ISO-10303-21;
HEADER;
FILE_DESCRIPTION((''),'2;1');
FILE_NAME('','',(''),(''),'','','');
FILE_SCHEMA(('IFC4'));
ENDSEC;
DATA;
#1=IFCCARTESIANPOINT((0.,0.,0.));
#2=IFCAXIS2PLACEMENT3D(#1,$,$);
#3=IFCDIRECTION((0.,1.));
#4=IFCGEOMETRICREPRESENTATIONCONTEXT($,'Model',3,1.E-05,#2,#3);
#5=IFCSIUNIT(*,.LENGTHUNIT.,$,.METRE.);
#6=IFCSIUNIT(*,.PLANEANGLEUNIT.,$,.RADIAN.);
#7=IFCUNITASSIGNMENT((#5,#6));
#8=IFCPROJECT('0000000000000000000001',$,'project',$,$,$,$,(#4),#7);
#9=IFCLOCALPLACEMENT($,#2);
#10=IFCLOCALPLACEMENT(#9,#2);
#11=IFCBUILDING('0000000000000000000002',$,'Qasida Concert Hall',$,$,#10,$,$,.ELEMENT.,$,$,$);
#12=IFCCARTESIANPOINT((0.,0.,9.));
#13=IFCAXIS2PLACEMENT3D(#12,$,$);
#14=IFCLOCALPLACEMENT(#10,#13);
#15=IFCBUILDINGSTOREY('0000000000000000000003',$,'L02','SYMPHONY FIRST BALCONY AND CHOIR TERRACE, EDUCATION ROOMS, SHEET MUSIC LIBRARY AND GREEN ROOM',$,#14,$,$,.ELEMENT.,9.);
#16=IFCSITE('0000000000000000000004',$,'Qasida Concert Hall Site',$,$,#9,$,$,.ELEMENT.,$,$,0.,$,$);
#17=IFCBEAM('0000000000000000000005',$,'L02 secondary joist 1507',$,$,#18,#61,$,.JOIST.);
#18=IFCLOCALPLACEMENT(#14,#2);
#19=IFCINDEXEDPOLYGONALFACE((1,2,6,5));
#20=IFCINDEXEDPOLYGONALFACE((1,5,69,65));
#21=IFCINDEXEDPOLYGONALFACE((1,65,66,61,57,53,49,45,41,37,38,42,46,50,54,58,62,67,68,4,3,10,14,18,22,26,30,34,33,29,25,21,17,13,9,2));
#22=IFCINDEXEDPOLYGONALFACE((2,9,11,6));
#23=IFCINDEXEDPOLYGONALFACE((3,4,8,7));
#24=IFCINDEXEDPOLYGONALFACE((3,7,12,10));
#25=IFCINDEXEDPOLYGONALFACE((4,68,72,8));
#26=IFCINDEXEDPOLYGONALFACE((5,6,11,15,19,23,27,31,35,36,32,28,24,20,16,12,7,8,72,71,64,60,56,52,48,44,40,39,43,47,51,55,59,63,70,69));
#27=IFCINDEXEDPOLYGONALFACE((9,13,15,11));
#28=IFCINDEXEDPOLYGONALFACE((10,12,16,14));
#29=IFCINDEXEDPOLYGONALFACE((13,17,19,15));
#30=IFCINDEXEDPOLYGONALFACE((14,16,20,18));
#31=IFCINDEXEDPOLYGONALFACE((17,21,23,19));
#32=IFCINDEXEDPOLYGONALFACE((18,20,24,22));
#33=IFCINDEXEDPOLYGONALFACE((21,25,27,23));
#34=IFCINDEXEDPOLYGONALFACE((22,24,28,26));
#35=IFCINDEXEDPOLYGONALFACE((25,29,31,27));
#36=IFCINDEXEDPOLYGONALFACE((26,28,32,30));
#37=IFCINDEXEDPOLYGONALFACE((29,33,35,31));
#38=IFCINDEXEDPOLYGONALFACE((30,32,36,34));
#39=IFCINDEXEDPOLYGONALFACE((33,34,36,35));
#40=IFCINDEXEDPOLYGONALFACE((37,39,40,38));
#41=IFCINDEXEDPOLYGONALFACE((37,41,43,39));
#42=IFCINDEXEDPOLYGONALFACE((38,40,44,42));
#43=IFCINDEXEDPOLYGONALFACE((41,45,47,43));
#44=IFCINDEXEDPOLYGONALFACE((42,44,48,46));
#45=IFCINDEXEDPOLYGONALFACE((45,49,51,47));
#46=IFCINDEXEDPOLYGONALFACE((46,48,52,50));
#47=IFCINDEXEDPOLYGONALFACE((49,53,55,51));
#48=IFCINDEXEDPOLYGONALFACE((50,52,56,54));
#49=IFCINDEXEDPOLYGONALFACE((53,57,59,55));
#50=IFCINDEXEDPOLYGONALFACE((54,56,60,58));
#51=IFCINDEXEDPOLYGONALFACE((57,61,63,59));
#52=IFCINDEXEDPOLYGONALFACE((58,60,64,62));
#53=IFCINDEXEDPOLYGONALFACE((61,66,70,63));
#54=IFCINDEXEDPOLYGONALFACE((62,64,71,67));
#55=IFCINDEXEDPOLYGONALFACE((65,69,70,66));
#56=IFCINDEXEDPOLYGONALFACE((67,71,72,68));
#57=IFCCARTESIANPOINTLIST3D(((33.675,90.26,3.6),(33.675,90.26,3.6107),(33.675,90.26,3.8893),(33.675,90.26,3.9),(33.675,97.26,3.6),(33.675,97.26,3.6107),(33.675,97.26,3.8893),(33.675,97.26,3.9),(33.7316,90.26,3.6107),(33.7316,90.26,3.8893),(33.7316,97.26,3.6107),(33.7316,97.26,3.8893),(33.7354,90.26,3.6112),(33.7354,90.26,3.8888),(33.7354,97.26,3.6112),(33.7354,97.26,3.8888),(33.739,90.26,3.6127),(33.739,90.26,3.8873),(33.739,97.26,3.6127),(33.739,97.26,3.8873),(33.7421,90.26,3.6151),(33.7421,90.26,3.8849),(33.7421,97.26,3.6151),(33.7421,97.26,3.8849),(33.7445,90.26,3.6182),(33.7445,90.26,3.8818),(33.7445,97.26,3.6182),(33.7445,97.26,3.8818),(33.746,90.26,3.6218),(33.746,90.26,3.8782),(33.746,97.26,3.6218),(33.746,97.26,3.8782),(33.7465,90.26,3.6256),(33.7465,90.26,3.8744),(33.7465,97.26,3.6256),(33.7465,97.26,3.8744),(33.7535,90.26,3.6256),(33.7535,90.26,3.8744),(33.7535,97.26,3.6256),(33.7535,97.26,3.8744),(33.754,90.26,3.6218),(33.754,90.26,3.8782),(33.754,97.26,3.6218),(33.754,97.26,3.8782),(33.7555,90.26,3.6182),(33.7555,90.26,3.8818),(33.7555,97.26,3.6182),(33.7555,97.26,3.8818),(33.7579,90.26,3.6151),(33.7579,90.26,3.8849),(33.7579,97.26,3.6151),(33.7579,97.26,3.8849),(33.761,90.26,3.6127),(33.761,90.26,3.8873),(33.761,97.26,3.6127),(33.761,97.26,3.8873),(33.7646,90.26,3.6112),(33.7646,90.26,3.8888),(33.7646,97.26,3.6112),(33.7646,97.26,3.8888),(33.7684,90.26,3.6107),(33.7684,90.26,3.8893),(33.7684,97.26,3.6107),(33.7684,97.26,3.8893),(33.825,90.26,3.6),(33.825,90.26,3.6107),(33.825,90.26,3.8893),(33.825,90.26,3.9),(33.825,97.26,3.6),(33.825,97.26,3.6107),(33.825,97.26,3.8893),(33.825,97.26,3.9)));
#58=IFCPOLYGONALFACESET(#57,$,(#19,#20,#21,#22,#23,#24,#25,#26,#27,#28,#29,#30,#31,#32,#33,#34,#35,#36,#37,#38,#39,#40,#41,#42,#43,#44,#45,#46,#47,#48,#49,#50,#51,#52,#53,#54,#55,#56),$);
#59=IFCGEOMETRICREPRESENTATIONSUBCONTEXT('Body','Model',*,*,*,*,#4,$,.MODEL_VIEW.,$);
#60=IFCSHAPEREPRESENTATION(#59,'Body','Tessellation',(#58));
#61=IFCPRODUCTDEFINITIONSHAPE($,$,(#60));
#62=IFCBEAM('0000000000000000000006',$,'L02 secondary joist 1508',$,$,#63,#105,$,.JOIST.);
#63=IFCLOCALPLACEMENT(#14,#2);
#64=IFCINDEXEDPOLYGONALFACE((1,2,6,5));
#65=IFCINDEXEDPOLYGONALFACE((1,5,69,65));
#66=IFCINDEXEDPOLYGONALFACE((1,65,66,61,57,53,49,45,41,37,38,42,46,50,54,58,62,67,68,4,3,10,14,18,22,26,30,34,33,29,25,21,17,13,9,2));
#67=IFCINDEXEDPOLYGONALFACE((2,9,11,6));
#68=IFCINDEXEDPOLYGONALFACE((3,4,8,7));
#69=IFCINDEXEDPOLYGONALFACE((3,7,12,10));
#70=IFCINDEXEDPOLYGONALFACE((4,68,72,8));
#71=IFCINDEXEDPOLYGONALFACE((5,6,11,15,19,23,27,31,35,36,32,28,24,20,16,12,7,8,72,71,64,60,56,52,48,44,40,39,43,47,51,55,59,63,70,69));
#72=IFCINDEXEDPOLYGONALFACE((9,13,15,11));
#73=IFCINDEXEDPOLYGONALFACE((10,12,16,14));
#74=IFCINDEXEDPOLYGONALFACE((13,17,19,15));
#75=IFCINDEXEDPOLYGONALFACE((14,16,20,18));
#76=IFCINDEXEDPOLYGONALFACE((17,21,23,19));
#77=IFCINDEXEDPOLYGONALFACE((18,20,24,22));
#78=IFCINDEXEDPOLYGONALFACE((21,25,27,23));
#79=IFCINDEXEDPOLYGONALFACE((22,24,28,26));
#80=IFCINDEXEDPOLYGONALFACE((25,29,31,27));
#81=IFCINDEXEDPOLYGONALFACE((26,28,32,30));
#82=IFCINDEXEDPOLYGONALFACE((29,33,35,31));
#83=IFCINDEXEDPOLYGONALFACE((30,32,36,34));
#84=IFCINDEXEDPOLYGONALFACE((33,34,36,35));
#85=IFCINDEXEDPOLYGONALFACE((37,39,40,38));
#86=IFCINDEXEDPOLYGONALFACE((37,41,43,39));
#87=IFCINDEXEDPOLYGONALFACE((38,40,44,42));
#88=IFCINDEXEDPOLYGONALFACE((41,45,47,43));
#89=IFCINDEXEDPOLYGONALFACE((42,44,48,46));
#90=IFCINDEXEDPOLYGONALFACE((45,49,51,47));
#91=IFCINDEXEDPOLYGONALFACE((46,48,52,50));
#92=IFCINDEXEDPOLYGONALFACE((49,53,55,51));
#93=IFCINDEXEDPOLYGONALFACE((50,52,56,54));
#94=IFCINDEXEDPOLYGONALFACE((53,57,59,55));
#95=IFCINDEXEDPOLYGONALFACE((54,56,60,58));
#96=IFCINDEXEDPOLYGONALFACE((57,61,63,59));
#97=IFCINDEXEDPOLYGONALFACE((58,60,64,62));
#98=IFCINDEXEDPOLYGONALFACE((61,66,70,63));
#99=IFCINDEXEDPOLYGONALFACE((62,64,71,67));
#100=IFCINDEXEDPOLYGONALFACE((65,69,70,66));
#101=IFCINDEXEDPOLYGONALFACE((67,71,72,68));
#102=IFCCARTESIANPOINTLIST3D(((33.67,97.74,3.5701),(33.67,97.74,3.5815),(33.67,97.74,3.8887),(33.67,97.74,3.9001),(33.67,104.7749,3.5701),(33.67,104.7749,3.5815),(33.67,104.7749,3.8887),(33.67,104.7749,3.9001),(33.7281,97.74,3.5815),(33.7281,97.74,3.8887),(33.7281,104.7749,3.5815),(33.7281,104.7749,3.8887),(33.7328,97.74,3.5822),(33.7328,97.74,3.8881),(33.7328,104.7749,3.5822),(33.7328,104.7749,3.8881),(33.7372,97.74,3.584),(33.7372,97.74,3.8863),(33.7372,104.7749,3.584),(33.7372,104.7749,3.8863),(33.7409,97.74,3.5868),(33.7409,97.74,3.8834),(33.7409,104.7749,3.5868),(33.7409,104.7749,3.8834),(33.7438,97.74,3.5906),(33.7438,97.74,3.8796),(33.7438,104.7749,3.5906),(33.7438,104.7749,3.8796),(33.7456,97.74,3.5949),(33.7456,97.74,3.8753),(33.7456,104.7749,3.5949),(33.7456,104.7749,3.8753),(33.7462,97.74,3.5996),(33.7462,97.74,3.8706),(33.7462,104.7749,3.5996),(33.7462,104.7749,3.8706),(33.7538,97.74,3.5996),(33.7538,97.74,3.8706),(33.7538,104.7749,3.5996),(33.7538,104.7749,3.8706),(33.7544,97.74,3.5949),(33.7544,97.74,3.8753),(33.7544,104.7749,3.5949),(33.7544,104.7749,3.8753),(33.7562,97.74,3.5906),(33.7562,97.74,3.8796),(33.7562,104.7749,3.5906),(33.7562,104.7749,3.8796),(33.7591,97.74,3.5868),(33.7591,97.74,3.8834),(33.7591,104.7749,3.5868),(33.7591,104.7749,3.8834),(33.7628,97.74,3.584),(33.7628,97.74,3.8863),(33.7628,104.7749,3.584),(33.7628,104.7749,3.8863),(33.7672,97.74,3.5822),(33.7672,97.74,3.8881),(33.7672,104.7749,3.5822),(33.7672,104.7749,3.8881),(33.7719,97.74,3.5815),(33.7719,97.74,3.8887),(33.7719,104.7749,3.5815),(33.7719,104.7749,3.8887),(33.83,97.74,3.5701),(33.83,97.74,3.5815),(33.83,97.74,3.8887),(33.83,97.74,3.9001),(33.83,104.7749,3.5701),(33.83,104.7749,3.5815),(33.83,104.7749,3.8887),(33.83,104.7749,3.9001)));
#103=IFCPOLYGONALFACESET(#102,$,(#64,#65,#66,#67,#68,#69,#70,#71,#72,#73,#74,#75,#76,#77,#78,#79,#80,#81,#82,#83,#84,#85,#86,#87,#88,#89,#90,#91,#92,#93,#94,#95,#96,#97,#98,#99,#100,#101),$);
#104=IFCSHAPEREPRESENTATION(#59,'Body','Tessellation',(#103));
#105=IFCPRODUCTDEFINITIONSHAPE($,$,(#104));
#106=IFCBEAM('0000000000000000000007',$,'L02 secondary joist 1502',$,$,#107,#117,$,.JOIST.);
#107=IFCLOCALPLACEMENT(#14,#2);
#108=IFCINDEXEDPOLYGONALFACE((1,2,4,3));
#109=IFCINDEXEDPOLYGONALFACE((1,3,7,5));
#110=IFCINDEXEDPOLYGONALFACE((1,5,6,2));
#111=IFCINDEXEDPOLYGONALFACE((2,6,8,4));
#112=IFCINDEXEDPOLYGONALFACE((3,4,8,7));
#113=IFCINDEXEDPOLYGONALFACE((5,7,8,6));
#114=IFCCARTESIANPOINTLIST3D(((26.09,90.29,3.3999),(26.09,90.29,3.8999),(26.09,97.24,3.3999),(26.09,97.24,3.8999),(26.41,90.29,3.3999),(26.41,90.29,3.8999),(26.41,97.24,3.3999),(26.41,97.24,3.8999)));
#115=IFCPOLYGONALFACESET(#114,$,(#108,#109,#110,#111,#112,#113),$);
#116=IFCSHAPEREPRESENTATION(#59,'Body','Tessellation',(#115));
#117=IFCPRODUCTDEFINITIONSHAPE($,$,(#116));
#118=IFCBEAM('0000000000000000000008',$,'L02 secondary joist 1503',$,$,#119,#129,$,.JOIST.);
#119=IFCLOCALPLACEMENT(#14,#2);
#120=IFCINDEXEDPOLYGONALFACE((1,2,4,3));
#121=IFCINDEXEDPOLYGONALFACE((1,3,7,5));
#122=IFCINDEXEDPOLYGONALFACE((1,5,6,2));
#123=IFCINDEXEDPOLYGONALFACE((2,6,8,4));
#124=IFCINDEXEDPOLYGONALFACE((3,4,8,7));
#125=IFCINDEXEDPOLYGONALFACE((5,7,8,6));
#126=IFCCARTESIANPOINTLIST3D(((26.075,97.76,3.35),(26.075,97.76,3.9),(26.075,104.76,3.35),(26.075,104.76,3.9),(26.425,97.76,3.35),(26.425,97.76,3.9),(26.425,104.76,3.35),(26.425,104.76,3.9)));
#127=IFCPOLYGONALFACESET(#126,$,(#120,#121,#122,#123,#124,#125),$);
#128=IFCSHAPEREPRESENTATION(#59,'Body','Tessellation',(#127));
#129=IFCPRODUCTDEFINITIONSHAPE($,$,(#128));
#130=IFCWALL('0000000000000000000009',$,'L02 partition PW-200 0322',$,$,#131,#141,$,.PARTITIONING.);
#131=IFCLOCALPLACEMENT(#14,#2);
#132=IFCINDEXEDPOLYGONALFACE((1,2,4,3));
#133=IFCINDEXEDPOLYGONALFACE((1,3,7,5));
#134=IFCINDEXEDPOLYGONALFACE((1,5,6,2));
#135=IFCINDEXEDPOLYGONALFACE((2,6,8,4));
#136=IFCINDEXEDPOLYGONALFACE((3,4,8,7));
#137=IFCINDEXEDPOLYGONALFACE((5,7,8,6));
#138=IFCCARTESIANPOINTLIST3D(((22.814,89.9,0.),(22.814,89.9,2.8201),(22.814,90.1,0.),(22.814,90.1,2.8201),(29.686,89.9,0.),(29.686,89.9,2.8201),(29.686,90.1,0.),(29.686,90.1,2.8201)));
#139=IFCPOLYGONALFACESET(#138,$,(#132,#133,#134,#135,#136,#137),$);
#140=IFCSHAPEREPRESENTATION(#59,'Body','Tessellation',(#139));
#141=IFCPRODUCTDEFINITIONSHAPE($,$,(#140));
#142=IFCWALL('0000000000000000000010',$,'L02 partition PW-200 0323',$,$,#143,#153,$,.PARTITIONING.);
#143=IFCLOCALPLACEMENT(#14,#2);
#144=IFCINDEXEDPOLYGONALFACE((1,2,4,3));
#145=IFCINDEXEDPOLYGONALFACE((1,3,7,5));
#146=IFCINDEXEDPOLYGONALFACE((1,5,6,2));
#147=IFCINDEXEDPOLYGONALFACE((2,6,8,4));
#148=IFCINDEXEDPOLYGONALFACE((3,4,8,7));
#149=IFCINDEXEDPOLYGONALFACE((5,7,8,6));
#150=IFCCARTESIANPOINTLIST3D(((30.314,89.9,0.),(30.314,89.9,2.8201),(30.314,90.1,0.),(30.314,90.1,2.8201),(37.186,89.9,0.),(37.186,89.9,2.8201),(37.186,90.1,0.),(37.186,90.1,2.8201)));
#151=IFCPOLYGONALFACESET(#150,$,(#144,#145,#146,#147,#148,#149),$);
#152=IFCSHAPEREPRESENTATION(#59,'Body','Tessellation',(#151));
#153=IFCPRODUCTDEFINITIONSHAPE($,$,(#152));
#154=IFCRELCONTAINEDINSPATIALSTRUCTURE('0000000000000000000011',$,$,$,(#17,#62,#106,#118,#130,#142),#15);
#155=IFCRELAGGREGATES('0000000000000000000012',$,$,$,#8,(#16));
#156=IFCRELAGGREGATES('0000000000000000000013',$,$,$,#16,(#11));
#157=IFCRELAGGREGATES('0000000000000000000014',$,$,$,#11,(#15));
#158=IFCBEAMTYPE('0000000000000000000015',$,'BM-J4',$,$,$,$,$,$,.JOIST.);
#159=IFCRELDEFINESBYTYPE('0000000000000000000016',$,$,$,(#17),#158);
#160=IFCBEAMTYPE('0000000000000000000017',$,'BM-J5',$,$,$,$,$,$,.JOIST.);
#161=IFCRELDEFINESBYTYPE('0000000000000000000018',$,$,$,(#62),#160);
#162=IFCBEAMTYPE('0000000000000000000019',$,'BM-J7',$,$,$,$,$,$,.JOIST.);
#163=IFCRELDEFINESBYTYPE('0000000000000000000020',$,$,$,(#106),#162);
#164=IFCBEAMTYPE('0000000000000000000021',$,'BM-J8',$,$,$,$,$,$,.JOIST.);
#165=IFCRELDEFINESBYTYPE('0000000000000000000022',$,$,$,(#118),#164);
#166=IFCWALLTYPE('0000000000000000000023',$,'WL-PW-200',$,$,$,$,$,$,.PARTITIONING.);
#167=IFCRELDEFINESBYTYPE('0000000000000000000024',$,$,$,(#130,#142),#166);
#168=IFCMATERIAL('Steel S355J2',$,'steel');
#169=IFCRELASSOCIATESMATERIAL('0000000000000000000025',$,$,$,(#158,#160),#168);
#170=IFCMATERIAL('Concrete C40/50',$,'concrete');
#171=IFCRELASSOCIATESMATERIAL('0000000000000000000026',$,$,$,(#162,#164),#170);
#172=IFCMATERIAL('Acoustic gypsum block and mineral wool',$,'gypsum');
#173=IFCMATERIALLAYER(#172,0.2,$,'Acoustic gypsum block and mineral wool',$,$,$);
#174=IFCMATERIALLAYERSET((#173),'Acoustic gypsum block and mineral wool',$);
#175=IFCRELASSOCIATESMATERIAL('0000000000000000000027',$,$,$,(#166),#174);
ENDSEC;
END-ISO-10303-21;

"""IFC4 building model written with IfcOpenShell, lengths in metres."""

from ifc_helpers import new_model, si_unit, direction, frame, frame_2d, origin, origin_2d, place, context, subcontext, project, spatial, rectangle, i_section, extrude, material, layer, layer_set, material_profile, profile_set, type_object, element, save


model = new_model("IFC4")

# Units and contexts
model_context = context("Model", 3, precision=1e-05, world=origin(), true_north=direction((0.0, 1.0)))
body_context = subcontext(model_context, "Body", "Model", "MODEL_VIEW")
ifc_project = project(units=[si_unit("LENGTHUNIT", "METRE"), si_unit("PLANEANGLEUNIT", "RADIAN")], contexts=[model_context])

# Site, building, storey
site_placement = place(None, origin())
site = spatial("IfcSite", under=ifc_project, at=site_placement, Name="Qasida Concert Hall Site", CompositionType="ELEMENT", RefElevation=0.0)
building_placement = place(site_placement, origin())
building = spatial("IfcBuilding", under=site, at=building_placement, Name="Qasida Concert Hall", CompositionType="ELEMENT")
storey_placement = place(building_placement, frame((0.0, 0.0, 9.0)))
storey = spatial("IfcBuildingStorey", under=building, at=storey_placement, Name="L02", Description="SYMPHONY FIRST BALCONY AND CHOIR TERRACE, EDUCATION ROOMS, SHEET MUSIC LIBRARY AND GREEN ROOM", CompositionType="ELEMENT", Elevation=9.0)

# Beams
ifc_material_1 = material(Name="Concrete C40/50", Category="concrete")
ifc_material_2 = material(Name="Steel S355J2", Category="steel")
ifc_material_profile_1 = material_profile(ifc_material_2, i_section(OverallWidth=0.1499, OverallDepth=0.3, WebThickness=0.0071, FlangeThickness=0.0107, FilletRadius=0.0149, at=origin_2d()), Name="IPE 300")
ifc_profile_set_1 = profile_set([ifc_material_profile_1], Name="Steel S355J2")
beam_type_1 = type_object("IfcBeamType", Name="BM-J4", PredefinedType="JOIST", material=ifc_profile_set_1)
beam_1_placement = place(storey_placement, frame((33.75, 90.26, 3.75), z_axis=(0.0, 1.0, 0.0), x_axis=(-1.0, 0.0, 0.0)))
element("IfcBeam", 1, at=beam_1_placement, inside=storey, type_object=beam_type_1, Name="L02 secondary joist 1507", PredefinedType="JOIST", context=body_context, shape_type="SweptSolid", body=[
    extrude(i_section(OverallWidth=0.1499, OverallDepth=0.3, WebThickness=0.0071, FlangeThickness=0.0107, FilletRadius=0.0149, at=origin_2d()), origin(), (0.0, 0.0, 1.0), 7.0),
])
ifc_material_profile_2 = material_profile(ifc_material_2, i_section(OverallWidth=0.1599, OverallDepth=0.3301, WebThickness=0.0076, FlangeThickness=0.0115, FilletRadius=0.0181, at=origin_2d()), Name="IPE 330")
ifc_profile_set_2 = profile_set([ifc_material_profile_2], Name="Steel S355J2")
beam_type_2 = type_object("IfcBeamType", Name="BM-J5", PredefinedType="JOIST", material=ifc_profile_set_2)
beam_2_placement = place(storey_placement, frame((33.75, 97.74, 3.7351), z_axis=(0.0, 1.0, 0.0), x_axis=(-1.0, 0.0, 0.0)))
element("IfcBeam", 2, at=beam_2_placement, inside=storey, type_object=beam_type_2, Name="L02 secondary joist 1508", PredefinedType="JOIST", context=body_context, shape_type="SweptSolid", body=[
    extrude(i_section(OverallWidth=0.1599, OverallDepth=0.3301, WebThickness=0.0076, FlangeThickness=0.0115, FilletRadius=0.0181, at=origin_2d()), origin(), (0.0, 0.0, 1.0), 7.0349),
])
ifc_material_profile_3 = material_profile(ifc_material_1, rectangle(XDim=0.3201, YDim=0.5, at=origin_2d()), Name="RC 320x500")
ifc_profile_set_3 = profile_set([ifc_material_profile_3], Name="Concrete C40/50")
beam_type_3 = type_object("IfcBeamType", Name="BM-J7", PredefinedType="JOIST", material=ifc_profile_set_3)
beam_3_placement = place(storey_placement, frame((26.25, 90.29, 3.6499), z_axis=(0.0, 1.0, 0.0), x_axis=(-1.0, 0.0, 0.0)))
element("IfcBeam", 3, at=beam_3_placement, inside=storey, type_object=beam_type_3, Name="L02 secondary joist 1502", PredefinedType="JOIST", context=body_context, shape_type="SweptSolid", body=[
    extrude(rectangle(XDim=0.3201, YDim=0.5, at=origin_2d()), origin(), (0.0, 0.0, 1.0), 6.95),
])
ifc_material_profile_4 = material_profile(ifc_material_1, rectangle(XDim=0.3501, YDim=0.55, at=origin_2d()), Name="RC 350x550")
ifc_profile_set_4 = profile_set([ifc_material_profile_4], Name="Concrete C40/50")
beam_type_4 = type_object("IfcBeamType", Name="BM-J8", PredefinedType="JOIST", material=ifc_profile_set_4)
beam_4_placement = place(storey_placement, frame((26.25, 97.76, 3.625), z_axis=(0.0, 1.0, 0.0), x_axis=(-1.0, 0.0, 0.0)))
element("IfcBeam", 4, at=beam_4_placement, inside=storey, type_object=beam_type_4, Name="L02 secondary joist 1503", PredefinedType="JOIST", context=body_context, shape_type="SweptSolid", body=[
    extrude(rectangle(XDim=0.3501, YDim=0.55, at=origin_2d()), origin(), (0.0, 0.0, 1.0), 7.0),
])

# Walls
ifc_material_3 = material(Name="Acoustic gypsum block and mineral wool", Category="gypsum")
ifc_layer = layer(ifc_material_3, 0.2, Name="Acoustic gypsum block and mineral wool")
ifc_layer_set = layer_set([ifc_layer], Name="Acoustic gypsum block and mineral wool")
wall_type = type_object("IfcWallType", Name="WL-PW-200", PredefinedType="PARTITIONING", material=ifc_layer_set)
for number, where, z_axis, x_axis, name in (
    (5, (22.814, 90.0, 0.0), (0.0, 0.0, 1.0), (1.0, 0.0, 0.0), "L02 partition PW-200 0322"),
    (6, (30.314, 90.0, 0.0), (0.0, 0.0, 1.0), (1.0, 0.0, 0.0), "L02 partition PW-200 0323"),
):
    element("IfcWall", number, at=place(storey_placement, frame(where, z_axis=z_axis, x_axis=x_axis)), inside=storey, type_object=wall_type, Name=name, PredefinedType="PARTITIONING", context=body_context, shape_type="SweptSolid", body=[
        extrude(rectangle(XDim=6.8721, YDim=0.2, at=frame_2d((3.436, 0.0))), origin(), (0.0, 0.0, 1.0), 2.8201),
    ])

save(model, "model.ifc")
